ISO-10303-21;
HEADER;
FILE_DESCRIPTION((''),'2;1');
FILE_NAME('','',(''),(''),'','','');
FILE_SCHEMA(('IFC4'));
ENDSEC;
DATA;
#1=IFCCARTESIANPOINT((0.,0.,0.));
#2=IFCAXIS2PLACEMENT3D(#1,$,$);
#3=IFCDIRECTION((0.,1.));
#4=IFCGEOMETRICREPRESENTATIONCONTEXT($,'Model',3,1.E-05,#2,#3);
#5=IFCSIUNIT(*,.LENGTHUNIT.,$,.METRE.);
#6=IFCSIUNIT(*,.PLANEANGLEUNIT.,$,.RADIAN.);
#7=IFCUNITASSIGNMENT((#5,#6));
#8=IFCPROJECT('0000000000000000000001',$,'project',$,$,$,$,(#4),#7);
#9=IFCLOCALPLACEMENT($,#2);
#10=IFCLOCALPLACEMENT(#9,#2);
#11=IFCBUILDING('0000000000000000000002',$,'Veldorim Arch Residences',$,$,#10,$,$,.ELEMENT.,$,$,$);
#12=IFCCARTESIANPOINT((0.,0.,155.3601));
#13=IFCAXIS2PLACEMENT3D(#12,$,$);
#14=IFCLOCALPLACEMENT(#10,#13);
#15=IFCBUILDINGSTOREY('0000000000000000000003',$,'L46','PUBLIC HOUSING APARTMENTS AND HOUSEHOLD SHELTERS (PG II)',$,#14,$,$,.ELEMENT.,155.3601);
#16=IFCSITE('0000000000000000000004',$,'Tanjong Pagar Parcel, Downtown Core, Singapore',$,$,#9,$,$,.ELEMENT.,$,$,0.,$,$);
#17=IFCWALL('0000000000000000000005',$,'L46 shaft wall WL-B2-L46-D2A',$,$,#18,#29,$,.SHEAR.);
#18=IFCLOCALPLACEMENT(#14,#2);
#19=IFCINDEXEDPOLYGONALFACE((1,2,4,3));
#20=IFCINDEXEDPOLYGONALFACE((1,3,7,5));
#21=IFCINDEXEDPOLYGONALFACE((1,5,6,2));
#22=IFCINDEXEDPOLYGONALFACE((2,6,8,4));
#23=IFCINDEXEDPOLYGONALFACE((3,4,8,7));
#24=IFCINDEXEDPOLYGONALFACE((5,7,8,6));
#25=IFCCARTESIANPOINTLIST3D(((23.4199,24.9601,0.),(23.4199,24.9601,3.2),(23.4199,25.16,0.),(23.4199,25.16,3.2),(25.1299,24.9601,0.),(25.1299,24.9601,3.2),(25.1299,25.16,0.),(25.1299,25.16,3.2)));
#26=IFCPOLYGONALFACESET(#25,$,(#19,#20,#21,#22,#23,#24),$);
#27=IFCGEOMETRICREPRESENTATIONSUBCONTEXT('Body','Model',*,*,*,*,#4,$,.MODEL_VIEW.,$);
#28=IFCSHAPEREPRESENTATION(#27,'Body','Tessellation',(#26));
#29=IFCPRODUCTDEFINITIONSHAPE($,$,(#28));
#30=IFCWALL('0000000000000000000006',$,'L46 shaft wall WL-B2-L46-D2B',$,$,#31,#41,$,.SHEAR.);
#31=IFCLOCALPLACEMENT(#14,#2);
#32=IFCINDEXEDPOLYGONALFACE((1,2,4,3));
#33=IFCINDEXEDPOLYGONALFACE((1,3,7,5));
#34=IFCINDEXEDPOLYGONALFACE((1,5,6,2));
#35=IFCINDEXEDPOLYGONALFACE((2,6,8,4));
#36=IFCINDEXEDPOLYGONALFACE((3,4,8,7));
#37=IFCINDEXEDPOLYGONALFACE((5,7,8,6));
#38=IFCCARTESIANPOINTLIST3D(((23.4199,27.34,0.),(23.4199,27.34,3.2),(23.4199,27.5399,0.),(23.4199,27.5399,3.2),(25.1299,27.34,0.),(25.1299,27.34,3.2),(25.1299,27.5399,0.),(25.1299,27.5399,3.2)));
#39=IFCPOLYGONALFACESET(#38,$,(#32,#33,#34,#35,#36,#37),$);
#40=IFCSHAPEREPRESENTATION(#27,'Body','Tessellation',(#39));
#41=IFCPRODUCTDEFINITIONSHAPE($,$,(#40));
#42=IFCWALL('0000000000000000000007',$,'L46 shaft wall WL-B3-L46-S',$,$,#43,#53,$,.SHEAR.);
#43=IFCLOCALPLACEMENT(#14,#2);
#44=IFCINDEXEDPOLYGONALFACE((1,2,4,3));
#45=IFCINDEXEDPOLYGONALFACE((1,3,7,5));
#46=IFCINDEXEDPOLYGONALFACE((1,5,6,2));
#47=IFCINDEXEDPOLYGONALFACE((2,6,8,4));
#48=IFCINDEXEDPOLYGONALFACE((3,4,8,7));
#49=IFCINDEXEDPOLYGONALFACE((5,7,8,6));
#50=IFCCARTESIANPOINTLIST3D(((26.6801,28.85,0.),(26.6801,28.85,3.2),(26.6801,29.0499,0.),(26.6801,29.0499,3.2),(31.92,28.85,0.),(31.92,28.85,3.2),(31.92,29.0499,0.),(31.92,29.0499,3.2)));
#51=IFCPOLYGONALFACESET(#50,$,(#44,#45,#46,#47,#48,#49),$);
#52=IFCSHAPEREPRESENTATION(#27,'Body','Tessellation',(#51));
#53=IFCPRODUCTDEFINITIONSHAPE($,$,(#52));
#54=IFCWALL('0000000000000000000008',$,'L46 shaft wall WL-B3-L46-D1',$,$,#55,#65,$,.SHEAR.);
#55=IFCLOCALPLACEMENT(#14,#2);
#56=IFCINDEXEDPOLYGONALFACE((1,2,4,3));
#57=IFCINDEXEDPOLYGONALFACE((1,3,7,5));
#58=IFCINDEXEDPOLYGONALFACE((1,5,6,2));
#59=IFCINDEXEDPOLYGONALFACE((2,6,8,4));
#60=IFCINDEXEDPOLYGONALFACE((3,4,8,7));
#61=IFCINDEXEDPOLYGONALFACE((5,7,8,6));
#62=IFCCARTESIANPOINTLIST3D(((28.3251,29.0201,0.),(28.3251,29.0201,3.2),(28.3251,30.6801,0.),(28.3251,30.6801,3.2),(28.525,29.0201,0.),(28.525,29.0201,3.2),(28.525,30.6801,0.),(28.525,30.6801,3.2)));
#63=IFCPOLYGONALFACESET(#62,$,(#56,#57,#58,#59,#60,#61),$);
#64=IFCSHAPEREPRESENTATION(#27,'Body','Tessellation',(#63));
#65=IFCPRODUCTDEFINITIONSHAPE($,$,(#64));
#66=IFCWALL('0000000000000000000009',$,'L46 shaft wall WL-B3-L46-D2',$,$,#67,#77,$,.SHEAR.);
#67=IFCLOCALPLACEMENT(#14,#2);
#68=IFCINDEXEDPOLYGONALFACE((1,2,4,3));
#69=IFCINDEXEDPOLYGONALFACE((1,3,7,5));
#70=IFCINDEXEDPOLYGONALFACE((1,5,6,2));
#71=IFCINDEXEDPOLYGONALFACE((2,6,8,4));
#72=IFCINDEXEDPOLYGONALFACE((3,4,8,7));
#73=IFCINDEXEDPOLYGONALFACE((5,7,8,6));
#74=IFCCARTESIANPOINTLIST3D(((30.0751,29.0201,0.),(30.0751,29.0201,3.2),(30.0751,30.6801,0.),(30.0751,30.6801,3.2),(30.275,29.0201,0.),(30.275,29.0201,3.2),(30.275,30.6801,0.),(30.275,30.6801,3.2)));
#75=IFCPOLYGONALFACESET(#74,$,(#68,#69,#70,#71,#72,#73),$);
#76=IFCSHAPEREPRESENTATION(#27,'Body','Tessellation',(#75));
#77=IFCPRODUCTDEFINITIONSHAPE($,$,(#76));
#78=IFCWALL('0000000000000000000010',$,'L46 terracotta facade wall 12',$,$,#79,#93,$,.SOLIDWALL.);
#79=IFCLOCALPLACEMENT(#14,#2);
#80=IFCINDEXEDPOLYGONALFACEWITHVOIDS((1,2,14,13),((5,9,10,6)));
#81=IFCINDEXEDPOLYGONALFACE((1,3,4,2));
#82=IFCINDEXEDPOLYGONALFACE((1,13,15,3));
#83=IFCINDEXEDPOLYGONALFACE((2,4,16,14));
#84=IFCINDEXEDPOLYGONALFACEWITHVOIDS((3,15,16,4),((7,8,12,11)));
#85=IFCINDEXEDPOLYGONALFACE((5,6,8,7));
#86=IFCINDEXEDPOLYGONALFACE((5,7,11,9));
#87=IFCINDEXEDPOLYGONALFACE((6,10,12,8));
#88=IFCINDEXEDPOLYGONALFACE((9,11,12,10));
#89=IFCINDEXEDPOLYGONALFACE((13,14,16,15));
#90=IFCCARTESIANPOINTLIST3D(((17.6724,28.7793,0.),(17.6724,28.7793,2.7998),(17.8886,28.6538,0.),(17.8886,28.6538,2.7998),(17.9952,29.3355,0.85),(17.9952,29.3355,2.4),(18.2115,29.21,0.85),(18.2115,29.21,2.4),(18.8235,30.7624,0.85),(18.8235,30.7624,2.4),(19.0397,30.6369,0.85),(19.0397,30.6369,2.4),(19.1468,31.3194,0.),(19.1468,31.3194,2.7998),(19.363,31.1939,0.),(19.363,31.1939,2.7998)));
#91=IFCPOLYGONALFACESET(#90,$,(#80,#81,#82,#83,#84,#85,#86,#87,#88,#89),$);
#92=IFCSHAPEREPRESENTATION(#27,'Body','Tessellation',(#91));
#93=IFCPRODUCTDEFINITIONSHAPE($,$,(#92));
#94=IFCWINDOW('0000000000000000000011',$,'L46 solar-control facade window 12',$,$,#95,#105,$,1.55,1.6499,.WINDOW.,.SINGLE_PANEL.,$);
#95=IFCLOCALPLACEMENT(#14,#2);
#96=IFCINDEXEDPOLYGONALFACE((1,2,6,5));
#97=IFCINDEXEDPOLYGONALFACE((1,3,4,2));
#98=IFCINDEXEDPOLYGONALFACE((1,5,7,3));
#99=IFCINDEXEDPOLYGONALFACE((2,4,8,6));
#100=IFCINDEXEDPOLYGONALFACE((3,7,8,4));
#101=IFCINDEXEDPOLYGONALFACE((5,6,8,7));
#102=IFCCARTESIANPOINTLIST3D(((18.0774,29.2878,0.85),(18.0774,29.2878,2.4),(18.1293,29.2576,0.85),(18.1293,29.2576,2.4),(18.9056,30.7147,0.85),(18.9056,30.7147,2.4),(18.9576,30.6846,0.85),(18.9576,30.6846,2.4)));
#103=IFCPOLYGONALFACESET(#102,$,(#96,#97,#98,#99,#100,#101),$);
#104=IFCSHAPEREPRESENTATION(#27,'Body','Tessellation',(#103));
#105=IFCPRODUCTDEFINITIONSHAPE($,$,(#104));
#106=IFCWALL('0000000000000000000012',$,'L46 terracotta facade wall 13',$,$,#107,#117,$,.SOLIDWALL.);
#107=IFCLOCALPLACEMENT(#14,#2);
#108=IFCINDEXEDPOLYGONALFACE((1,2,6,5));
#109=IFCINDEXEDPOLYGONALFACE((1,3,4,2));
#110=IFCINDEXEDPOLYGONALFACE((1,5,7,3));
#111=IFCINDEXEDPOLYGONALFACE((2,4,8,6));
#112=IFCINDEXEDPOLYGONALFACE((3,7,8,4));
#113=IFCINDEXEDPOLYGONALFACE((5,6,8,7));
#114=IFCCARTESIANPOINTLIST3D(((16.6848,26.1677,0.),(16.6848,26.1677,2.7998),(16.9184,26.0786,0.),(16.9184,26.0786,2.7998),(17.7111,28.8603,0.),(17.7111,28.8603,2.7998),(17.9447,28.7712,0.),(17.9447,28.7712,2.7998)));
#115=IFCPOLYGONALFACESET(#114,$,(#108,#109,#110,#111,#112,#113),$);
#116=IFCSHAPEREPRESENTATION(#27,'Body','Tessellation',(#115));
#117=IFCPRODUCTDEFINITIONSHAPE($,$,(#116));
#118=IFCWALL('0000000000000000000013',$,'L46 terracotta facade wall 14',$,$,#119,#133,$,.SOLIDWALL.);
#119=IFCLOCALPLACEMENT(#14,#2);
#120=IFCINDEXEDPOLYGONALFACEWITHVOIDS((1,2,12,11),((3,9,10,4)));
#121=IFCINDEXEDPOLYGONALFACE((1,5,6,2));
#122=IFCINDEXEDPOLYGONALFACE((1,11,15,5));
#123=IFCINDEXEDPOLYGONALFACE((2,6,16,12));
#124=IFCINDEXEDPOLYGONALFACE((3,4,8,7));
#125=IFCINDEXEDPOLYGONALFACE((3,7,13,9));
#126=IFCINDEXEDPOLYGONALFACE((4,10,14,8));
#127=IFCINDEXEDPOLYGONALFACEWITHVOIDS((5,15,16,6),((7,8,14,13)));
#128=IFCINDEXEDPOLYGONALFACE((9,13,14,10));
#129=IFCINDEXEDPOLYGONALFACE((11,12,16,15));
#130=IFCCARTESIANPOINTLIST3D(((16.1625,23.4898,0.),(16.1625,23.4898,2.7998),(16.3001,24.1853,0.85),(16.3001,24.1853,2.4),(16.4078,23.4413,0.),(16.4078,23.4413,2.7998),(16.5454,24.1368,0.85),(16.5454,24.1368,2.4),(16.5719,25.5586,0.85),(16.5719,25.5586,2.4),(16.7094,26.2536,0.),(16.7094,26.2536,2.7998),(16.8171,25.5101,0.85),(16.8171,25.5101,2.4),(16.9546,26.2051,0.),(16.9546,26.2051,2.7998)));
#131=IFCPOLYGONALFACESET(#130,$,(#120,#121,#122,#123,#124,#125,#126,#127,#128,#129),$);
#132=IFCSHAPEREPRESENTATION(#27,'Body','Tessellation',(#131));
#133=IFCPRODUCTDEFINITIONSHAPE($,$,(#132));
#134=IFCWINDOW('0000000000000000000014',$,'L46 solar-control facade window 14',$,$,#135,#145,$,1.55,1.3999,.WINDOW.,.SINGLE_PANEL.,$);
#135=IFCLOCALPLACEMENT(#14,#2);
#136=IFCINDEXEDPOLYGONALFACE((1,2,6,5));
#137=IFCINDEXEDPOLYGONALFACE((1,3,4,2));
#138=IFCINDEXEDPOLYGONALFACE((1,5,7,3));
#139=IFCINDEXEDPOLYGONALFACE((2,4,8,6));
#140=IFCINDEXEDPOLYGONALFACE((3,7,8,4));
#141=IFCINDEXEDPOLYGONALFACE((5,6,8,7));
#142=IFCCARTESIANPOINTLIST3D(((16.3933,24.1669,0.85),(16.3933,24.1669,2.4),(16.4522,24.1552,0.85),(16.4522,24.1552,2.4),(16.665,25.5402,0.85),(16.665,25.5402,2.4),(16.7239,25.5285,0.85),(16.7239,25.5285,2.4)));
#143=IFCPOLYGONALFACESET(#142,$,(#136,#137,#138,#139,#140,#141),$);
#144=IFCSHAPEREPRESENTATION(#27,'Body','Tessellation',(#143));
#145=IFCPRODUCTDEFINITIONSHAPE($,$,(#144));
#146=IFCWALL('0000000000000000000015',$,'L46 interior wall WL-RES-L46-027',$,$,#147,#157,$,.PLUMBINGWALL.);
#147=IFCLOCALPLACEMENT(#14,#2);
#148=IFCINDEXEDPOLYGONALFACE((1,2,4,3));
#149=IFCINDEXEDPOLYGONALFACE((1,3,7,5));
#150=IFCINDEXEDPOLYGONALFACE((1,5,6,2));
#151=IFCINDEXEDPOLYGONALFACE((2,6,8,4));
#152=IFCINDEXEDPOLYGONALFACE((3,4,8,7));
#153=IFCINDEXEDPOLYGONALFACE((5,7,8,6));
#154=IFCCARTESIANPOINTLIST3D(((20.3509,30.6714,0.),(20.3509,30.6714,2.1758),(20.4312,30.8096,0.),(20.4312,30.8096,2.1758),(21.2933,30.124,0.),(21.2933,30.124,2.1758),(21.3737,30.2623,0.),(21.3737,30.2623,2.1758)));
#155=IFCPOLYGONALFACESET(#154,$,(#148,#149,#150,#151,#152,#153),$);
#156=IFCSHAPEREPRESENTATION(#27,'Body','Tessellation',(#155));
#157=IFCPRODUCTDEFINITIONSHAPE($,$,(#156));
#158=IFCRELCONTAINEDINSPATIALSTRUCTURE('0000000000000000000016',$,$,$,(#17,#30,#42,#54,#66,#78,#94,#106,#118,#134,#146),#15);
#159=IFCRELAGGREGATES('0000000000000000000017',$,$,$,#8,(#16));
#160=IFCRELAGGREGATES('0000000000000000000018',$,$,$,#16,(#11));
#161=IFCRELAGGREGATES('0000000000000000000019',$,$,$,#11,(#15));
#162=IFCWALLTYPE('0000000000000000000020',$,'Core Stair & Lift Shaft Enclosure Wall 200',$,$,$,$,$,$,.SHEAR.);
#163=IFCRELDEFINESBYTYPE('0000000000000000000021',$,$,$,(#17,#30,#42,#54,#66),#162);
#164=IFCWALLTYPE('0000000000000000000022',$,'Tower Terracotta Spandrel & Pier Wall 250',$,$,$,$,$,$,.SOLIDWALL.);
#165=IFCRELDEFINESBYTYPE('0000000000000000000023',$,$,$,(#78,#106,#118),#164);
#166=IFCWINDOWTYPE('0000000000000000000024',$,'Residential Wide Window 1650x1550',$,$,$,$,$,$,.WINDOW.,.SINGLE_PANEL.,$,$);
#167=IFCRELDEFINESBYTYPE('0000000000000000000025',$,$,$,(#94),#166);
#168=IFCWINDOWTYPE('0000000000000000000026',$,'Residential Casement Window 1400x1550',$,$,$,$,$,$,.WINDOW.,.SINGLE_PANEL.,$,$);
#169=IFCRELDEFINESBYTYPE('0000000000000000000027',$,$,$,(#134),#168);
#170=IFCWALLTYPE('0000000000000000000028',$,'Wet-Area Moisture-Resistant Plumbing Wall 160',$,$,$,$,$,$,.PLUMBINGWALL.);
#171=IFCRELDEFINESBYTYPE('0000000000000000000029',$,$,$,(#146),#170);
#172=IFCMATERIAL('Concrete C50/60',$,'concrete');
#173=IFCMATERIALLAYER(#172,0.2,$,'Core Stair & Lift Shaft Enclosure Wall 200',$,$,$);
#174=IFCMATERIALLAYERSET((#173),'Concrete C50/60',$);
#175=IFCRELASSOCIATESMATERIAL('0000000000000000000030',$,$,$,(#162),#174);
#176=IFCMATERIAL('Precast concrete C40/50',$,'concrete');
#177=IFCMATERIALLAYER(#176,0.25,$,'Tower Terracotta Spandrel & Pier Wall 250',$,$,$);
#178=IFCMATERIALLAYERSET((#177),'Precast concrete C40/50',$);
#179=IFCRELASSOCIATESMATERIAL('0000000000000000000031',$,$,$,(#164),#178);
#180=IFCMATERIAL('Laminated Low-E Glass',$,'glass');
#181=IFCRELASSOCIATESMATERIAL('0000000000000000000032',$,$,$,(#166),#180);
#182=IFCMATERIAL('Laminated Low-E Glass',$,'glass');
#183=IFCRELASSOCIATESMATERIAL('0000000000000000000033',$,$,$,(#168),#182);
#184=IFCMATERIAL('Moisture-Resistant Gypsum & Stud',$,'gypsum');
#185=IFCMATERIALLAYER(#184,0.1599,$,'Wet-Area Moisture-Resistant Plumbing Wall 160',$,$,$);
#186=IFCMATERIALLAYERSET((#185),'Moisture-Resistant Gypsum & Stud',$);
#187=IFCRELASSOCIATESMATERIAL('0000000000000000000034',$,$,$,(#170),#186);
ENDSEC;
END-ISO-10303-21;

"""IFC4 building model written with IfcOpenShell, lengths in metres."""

from ifc_helpers import new_model, si_unit, direction, frame, frame_2d, origin, place, context, subcontext, project, spatial, rectangle, extrude, material, layer, layer_set, type_object, element, fill, save


model = new_model("IFC4")

# Units and contexts
model_context = context("Model", 3, precision=1e-05, world=origin(), true_north=direction((0.0, 1.0)))
body_context = subcontext(model_context, "Body", "Model", "MODEL_VIEW")
ifc_project = project(units=[si_unit("LENGTHUNIT", "METRE"), si_unit("PLANEANGLEUNIT", "RADIAN")], contexts=[model_context])

# Site, building, storey
site_placement = place(None, origin())
site = spatial("IfcSite", under=ifc_project, at=site_placement, Name="Tanjong Pagar Parcel, Downtown Core, Singapore", CompositionType="ELEMENT", RefElevation=0.0)
building_placement = place(site_placement, origin())
building = spatial("IfcBuilding", under=site, at=building_placement, Name="Veldorim Arch Residences", CompositionType="ELEMENT")
storey_placement = place(building_placement, frame((0.0, 0.0, 155.3601)))
storey = spatial("IfcBuildingStorey", under=building, at=storey_placement, Name="L46", Description="PUBLIC HOUSING APARTMENTS AND HOUSEHOLD SHELTERS (PG II)", CompositionType="ELEMENT", Elevation=155.3601)

# Walls
ifc_material_1 = material(Name="Concrete C50/60", Category="concrete")
ifc_layer_1 = layer(ifc_material_1, 0.2, Name="Core Stair & Lift Shaft Enclosure Wall 200")
ifc_layer_set_1 = layer_set([ifc_layer_1], Name="Concrete C50/60")
wall_type_1 = type_object("IfcWallType", Name="Core Stair & Lift Shaft Enclosure Wall 200", PredefinedType="SHEAR", material=ifc_layer_set_1)
for number, where, z_axis, x_axis, name in (
    (1, (23.4199, 25.0601, 0.0), (0.0, 0.0, 1.0), (1.0, 0.0, 0.0), "L46 shaft wall WL-B2-L46-D2A"),
    (2, (23.4199, 27.4399, 0.0), (0.0, 0.0, 1.0), (1.0, 0.0, 0.0), "L46 shaft wall WL-B2-L46-D2B"),
):
    element("IfcWall", number, at=place(storey_placement, frame(where, z_axis=z_axis, x_axis=x_axis)), inside=storey, type_object=wall_type_1, Name=name, PredefinedType="SHEAR", context=body_context, shape_type="SweptSolid", body=[
        extrude(rectangle(XDim=1.71, YDim=0.2, at=frame_2d((0.855, 0.0))), origin(), (0.0, 0.0, 1.0), 3.2),
    ])
wall_1_placement = place(storey_placement, frame((26.6799, 28.95, 0.0), z_axis=(0.0, 0.0, 1.0), x_axis=(1.0, 0.0, 0.0)))
element("IfcWall", 3, at=wall_1_placement, inside=storey, type_object=wall_type_1, Name="L46 shaft wall WL-B3-L46-S", PredefinedType="SHEAR", context=body_context, shape_type="SweptSolid", body=[
    extrude(rectangle(XDim=5.24, YDim=0.2, at=frame_2d((2.6201, 0.0))), origin(), (0.0, 0.0, 1.0), 3.2),
])
for number, where, z_axis, x_axis, name in (
    (4, (28.425, 29.02, 0.0), (0.0, 0.0, 1.0), (0.0, 1.0, 0.0), "L46 shaft wall WL-B3-L46-D1"),
    (5, (30.175, 29.02, 0.0), (0.0, 0.0, 1.0), (0.0, 1.0, 0.0), "L46 shaft wall WL-B3-L46-D2"),
):
    element("IfcWall", number, at=place(storey_placement, frame(where, z_axis=z_axis, x_axis=x_axis)), inside=storey, type_object=wall_type_1, Name=name, PredefinedType="SHEAR", context=body_context, shape_type="SweptSolid", body=[
        extrude(rectangle(XDim=1.6599, YDim=0.2, at=frame_2d((0.8301, 0.0))), origin(), (0.0, 0.0, 1.0), 3.2),
    ])

# Wall, opening, window
ifc_material_2 = material(Name="Precast concrete C40/50", Category="concrete")
ifc_layer_2 = layer(ifc_material_2, 0.25, Name="Tower Terracotta Spandrel & Pier Wall 250")
ifc_layer_set_2 = layer_set([ifc_layer_2], Name="Precast concrete C40/50")
wall_type_2 = type_object("IfcWallType", Name="Tower Terracotta Spandrel & Pier Wall 250", PredefinedType="SOLIDWALL", material=ifc_layer_set_2)
wall_2_placement = place(storey_placement, frame((17.7805, 28.7166, 0.0), z_axis=(0.0, 0.0, 1.0), x_axis=(0.502009, 0.864862, 0.0)))
wall_2 = element("IfcWall", 6, at=wall_2_placement, inside=storey, type_object=wall_type_2, Name="L46 terracotta facade wall 12", PredefinedType="SOLIDWALL", context=body_context, shape_type="SweptSolid", body=[
    extrude(rectangle(XDim=2.937, YDim=0.25, at=frame_2d((1.4685, 0.0))), origin(), (0.0, 0.0, 1.0), 2.7998),
])
opening_1_placement = place(wall_2_placement, frame((0.6431, 0.0, 0.8501)))
opening_1 = element("IfcOpeningElement", 7, at=opening_1_placement, cuts=wall_2, PredefinedType="OPENING", context=body_context, shape_type="SweptSolid", body=[
    extrude(rectangle(XDim=1.6499, YDim=1.55, at=frame_2d((0.825, 0.7749))), frame((0.0, 0.135, 0.0), z_axis=(0.0, -1.0, 0.0), x_axis=(1.0, 0.0, 0.0)), (0.0, 0.0, 1.0), 0.27),
])
ifc_material_3 = material(Name="Laminated Low-E Glass", Category="glass")
window_type_1 = type_object("IfcWindowType", Name="Residential Wide Window 1650x1550", PartitioningType="SINGLE_PANEL", PredefinedType="WINDOW", material=ifc_material_3)
window_1_placement = place(opening_1_placement, origin())
window_1 = element("IfcWindow", 8, at=window_1_placement, inside=storey, type_object=window_type_1, Name="L46 solar-control facade window 12", OverallHeight=1.55, OverallWidth=1.6499, PartitioningType="SINGLE_PANEL", PredefinedType="WINDOW", context=body_context, shape_type="SweptSolid", body=[
    extrude(rectangle(XDim=1.6499, YDim=1.55, at=frame_2d((0.825, 0.7749))), frame((0.0, 0.03, 0.0), z_axis=(0.0, -1.0, 0.0), x_axis=(1.0, 0.0, 0.0)), (0.0, 0.0, 1.0), 0.0601),
])
fill(opening_1, window_1)

# Wall
wall_3_placement = place(storey_placement, frame((16.8015, 26.123, 0.0), z_axis=(0.0, 0.0, 1.0), x_axis=(0.356179, 0.934418, 0.0)))
element("IfcWall", 9, at=wall_3_placement, inside=storey, type_object=wall_type_2, Name="L46 terracotta facade wall 13", PredefinedType="SOLIDWALL", context=body_context, shape_type="SweptSolid", body=[
    extrude(rectangle(XDim=2.8816, YDim=0.25, at=frame_2d((1.4409, 0.0))), origin(), (0.0, 0.0, 1.0), 2.7998),
])

# Wall, opening, window
wall_4_placement = place(storey_placement, frame((16.2852, 23.4656, 0.0), z_axis=(0.0, 0.0, 1.0), x_axis=(0.194099, 0.980982, 0.0)))
wall_4 = element("IfcWall", 10, at=wall_4_placement, inside=storey, type_object=wall_type_2, Name="L46 terracotta facade wall 14", PredefinedType="SOLIDWALL", context=body_context, shape_type="SweptSolid", body=[
    extrude(rectangle(XDim=2.8174, YDim=0.25, at=frame_2d((1.4087, 0.0))), origin(), (0.0, 0.0, 1.0), 2.7998),
])
opening_2_placement = place(wall_4_placement, frame((0.709, 0.0, 0.8501)))
opening_2 = element("IfcOpeningElement", 11, at=opening_2_placement, cuts=wall_4, PredefinedType="OPENING", context=body_context, shape_type="SweptSolid", body=[
    extrude(rectangle(XDim=1.3999, YDim=1.55, at=frame_2d((0.7, 0.7749))), frame((0.0, 0.135, 0.0), z_axis=(0.0, -1.0, 0.0), x_axis=(1.0, 0.0, 0.0)), (0.0, 0.0, 1.0), 0.27),
])
ifc_material_4 = material(Name="Laminated Low-E Glass", Category="glass")
window_type_2 = type_object("IfcWindowType", Name="Residential Casement Window 1400x1550", PartitioningType="SINGLE_PANEL", PredefinedType="WINDOW", material=ifc_material_4)
window_2_placement = place(opening_2_placement, origin())
window_2 = element("IfcWindow", 12, at=window_2_placement, inside=storey, type_object=window_type_2, Name="L46 solar-control facade window 14", OverallHeight=1.55, OverallWidth=1.3999, PartitioningType="SINGLE_PANEL", PredefinedType="WINDOW", context=body_context, shape_type="SweptSolid", body=[
    extrude(rectangle(XDim=1.3999, YDim=1.55, at=frame_2d((0.7, 0.7749))), frame((0.0, 0.03, 0.0), z_axis=(0.0, -1.0, 0.0), x_axis=(1.0, 0.0, 0.0)), (0.0, 0.0, 1.0), 0.0601),
])
fill(opening_2, window_2)

# Wall
ifc_material_5 = material(Name="Moisture-Resistant Gypsum & Stud", Category="gypsum")
ifc_layer_3 = layer(ifc_material_5, 0.1599, Name="Wet-Area Moisture-Resistant Plumbing Wall 160")
ifc_layer_set_3 = layer_set([ifc_layer_3], Name="Moisture-Resistant Gypsum & Stud")
wall_type_3 = type_object("IfcWallType", Name="Wet-Area Moisture-Resistant Plumbing Wall 160", PredefinedType="PLUMBINGWALL", material=ifc_layer_set_3)
wall_5_placement = place(storey_placement, frame((21.3335, 30.1931, 0.0), z_axis=(0.0, 0.0, 1.0), x_axis=(-0.86472, 0.502254, 0.0)))
element("IfcWall", 13, at=wall_5_placement, inside=storey, type_object=wall_type_3, Name="L46 interior wall WL-RES-L46-027", PredefinedType="PLUMBINGWALL", context=body_context, shape_type="SweptSolid", body=[
    extrude(rectangle(XDim=1.0898, YDim=0.1599, at=frame_2d((0.5449, 0.0))), origin(), (0.0, 0.0, 1.0), 2.1758),
])

save(model, "model.ifc")
